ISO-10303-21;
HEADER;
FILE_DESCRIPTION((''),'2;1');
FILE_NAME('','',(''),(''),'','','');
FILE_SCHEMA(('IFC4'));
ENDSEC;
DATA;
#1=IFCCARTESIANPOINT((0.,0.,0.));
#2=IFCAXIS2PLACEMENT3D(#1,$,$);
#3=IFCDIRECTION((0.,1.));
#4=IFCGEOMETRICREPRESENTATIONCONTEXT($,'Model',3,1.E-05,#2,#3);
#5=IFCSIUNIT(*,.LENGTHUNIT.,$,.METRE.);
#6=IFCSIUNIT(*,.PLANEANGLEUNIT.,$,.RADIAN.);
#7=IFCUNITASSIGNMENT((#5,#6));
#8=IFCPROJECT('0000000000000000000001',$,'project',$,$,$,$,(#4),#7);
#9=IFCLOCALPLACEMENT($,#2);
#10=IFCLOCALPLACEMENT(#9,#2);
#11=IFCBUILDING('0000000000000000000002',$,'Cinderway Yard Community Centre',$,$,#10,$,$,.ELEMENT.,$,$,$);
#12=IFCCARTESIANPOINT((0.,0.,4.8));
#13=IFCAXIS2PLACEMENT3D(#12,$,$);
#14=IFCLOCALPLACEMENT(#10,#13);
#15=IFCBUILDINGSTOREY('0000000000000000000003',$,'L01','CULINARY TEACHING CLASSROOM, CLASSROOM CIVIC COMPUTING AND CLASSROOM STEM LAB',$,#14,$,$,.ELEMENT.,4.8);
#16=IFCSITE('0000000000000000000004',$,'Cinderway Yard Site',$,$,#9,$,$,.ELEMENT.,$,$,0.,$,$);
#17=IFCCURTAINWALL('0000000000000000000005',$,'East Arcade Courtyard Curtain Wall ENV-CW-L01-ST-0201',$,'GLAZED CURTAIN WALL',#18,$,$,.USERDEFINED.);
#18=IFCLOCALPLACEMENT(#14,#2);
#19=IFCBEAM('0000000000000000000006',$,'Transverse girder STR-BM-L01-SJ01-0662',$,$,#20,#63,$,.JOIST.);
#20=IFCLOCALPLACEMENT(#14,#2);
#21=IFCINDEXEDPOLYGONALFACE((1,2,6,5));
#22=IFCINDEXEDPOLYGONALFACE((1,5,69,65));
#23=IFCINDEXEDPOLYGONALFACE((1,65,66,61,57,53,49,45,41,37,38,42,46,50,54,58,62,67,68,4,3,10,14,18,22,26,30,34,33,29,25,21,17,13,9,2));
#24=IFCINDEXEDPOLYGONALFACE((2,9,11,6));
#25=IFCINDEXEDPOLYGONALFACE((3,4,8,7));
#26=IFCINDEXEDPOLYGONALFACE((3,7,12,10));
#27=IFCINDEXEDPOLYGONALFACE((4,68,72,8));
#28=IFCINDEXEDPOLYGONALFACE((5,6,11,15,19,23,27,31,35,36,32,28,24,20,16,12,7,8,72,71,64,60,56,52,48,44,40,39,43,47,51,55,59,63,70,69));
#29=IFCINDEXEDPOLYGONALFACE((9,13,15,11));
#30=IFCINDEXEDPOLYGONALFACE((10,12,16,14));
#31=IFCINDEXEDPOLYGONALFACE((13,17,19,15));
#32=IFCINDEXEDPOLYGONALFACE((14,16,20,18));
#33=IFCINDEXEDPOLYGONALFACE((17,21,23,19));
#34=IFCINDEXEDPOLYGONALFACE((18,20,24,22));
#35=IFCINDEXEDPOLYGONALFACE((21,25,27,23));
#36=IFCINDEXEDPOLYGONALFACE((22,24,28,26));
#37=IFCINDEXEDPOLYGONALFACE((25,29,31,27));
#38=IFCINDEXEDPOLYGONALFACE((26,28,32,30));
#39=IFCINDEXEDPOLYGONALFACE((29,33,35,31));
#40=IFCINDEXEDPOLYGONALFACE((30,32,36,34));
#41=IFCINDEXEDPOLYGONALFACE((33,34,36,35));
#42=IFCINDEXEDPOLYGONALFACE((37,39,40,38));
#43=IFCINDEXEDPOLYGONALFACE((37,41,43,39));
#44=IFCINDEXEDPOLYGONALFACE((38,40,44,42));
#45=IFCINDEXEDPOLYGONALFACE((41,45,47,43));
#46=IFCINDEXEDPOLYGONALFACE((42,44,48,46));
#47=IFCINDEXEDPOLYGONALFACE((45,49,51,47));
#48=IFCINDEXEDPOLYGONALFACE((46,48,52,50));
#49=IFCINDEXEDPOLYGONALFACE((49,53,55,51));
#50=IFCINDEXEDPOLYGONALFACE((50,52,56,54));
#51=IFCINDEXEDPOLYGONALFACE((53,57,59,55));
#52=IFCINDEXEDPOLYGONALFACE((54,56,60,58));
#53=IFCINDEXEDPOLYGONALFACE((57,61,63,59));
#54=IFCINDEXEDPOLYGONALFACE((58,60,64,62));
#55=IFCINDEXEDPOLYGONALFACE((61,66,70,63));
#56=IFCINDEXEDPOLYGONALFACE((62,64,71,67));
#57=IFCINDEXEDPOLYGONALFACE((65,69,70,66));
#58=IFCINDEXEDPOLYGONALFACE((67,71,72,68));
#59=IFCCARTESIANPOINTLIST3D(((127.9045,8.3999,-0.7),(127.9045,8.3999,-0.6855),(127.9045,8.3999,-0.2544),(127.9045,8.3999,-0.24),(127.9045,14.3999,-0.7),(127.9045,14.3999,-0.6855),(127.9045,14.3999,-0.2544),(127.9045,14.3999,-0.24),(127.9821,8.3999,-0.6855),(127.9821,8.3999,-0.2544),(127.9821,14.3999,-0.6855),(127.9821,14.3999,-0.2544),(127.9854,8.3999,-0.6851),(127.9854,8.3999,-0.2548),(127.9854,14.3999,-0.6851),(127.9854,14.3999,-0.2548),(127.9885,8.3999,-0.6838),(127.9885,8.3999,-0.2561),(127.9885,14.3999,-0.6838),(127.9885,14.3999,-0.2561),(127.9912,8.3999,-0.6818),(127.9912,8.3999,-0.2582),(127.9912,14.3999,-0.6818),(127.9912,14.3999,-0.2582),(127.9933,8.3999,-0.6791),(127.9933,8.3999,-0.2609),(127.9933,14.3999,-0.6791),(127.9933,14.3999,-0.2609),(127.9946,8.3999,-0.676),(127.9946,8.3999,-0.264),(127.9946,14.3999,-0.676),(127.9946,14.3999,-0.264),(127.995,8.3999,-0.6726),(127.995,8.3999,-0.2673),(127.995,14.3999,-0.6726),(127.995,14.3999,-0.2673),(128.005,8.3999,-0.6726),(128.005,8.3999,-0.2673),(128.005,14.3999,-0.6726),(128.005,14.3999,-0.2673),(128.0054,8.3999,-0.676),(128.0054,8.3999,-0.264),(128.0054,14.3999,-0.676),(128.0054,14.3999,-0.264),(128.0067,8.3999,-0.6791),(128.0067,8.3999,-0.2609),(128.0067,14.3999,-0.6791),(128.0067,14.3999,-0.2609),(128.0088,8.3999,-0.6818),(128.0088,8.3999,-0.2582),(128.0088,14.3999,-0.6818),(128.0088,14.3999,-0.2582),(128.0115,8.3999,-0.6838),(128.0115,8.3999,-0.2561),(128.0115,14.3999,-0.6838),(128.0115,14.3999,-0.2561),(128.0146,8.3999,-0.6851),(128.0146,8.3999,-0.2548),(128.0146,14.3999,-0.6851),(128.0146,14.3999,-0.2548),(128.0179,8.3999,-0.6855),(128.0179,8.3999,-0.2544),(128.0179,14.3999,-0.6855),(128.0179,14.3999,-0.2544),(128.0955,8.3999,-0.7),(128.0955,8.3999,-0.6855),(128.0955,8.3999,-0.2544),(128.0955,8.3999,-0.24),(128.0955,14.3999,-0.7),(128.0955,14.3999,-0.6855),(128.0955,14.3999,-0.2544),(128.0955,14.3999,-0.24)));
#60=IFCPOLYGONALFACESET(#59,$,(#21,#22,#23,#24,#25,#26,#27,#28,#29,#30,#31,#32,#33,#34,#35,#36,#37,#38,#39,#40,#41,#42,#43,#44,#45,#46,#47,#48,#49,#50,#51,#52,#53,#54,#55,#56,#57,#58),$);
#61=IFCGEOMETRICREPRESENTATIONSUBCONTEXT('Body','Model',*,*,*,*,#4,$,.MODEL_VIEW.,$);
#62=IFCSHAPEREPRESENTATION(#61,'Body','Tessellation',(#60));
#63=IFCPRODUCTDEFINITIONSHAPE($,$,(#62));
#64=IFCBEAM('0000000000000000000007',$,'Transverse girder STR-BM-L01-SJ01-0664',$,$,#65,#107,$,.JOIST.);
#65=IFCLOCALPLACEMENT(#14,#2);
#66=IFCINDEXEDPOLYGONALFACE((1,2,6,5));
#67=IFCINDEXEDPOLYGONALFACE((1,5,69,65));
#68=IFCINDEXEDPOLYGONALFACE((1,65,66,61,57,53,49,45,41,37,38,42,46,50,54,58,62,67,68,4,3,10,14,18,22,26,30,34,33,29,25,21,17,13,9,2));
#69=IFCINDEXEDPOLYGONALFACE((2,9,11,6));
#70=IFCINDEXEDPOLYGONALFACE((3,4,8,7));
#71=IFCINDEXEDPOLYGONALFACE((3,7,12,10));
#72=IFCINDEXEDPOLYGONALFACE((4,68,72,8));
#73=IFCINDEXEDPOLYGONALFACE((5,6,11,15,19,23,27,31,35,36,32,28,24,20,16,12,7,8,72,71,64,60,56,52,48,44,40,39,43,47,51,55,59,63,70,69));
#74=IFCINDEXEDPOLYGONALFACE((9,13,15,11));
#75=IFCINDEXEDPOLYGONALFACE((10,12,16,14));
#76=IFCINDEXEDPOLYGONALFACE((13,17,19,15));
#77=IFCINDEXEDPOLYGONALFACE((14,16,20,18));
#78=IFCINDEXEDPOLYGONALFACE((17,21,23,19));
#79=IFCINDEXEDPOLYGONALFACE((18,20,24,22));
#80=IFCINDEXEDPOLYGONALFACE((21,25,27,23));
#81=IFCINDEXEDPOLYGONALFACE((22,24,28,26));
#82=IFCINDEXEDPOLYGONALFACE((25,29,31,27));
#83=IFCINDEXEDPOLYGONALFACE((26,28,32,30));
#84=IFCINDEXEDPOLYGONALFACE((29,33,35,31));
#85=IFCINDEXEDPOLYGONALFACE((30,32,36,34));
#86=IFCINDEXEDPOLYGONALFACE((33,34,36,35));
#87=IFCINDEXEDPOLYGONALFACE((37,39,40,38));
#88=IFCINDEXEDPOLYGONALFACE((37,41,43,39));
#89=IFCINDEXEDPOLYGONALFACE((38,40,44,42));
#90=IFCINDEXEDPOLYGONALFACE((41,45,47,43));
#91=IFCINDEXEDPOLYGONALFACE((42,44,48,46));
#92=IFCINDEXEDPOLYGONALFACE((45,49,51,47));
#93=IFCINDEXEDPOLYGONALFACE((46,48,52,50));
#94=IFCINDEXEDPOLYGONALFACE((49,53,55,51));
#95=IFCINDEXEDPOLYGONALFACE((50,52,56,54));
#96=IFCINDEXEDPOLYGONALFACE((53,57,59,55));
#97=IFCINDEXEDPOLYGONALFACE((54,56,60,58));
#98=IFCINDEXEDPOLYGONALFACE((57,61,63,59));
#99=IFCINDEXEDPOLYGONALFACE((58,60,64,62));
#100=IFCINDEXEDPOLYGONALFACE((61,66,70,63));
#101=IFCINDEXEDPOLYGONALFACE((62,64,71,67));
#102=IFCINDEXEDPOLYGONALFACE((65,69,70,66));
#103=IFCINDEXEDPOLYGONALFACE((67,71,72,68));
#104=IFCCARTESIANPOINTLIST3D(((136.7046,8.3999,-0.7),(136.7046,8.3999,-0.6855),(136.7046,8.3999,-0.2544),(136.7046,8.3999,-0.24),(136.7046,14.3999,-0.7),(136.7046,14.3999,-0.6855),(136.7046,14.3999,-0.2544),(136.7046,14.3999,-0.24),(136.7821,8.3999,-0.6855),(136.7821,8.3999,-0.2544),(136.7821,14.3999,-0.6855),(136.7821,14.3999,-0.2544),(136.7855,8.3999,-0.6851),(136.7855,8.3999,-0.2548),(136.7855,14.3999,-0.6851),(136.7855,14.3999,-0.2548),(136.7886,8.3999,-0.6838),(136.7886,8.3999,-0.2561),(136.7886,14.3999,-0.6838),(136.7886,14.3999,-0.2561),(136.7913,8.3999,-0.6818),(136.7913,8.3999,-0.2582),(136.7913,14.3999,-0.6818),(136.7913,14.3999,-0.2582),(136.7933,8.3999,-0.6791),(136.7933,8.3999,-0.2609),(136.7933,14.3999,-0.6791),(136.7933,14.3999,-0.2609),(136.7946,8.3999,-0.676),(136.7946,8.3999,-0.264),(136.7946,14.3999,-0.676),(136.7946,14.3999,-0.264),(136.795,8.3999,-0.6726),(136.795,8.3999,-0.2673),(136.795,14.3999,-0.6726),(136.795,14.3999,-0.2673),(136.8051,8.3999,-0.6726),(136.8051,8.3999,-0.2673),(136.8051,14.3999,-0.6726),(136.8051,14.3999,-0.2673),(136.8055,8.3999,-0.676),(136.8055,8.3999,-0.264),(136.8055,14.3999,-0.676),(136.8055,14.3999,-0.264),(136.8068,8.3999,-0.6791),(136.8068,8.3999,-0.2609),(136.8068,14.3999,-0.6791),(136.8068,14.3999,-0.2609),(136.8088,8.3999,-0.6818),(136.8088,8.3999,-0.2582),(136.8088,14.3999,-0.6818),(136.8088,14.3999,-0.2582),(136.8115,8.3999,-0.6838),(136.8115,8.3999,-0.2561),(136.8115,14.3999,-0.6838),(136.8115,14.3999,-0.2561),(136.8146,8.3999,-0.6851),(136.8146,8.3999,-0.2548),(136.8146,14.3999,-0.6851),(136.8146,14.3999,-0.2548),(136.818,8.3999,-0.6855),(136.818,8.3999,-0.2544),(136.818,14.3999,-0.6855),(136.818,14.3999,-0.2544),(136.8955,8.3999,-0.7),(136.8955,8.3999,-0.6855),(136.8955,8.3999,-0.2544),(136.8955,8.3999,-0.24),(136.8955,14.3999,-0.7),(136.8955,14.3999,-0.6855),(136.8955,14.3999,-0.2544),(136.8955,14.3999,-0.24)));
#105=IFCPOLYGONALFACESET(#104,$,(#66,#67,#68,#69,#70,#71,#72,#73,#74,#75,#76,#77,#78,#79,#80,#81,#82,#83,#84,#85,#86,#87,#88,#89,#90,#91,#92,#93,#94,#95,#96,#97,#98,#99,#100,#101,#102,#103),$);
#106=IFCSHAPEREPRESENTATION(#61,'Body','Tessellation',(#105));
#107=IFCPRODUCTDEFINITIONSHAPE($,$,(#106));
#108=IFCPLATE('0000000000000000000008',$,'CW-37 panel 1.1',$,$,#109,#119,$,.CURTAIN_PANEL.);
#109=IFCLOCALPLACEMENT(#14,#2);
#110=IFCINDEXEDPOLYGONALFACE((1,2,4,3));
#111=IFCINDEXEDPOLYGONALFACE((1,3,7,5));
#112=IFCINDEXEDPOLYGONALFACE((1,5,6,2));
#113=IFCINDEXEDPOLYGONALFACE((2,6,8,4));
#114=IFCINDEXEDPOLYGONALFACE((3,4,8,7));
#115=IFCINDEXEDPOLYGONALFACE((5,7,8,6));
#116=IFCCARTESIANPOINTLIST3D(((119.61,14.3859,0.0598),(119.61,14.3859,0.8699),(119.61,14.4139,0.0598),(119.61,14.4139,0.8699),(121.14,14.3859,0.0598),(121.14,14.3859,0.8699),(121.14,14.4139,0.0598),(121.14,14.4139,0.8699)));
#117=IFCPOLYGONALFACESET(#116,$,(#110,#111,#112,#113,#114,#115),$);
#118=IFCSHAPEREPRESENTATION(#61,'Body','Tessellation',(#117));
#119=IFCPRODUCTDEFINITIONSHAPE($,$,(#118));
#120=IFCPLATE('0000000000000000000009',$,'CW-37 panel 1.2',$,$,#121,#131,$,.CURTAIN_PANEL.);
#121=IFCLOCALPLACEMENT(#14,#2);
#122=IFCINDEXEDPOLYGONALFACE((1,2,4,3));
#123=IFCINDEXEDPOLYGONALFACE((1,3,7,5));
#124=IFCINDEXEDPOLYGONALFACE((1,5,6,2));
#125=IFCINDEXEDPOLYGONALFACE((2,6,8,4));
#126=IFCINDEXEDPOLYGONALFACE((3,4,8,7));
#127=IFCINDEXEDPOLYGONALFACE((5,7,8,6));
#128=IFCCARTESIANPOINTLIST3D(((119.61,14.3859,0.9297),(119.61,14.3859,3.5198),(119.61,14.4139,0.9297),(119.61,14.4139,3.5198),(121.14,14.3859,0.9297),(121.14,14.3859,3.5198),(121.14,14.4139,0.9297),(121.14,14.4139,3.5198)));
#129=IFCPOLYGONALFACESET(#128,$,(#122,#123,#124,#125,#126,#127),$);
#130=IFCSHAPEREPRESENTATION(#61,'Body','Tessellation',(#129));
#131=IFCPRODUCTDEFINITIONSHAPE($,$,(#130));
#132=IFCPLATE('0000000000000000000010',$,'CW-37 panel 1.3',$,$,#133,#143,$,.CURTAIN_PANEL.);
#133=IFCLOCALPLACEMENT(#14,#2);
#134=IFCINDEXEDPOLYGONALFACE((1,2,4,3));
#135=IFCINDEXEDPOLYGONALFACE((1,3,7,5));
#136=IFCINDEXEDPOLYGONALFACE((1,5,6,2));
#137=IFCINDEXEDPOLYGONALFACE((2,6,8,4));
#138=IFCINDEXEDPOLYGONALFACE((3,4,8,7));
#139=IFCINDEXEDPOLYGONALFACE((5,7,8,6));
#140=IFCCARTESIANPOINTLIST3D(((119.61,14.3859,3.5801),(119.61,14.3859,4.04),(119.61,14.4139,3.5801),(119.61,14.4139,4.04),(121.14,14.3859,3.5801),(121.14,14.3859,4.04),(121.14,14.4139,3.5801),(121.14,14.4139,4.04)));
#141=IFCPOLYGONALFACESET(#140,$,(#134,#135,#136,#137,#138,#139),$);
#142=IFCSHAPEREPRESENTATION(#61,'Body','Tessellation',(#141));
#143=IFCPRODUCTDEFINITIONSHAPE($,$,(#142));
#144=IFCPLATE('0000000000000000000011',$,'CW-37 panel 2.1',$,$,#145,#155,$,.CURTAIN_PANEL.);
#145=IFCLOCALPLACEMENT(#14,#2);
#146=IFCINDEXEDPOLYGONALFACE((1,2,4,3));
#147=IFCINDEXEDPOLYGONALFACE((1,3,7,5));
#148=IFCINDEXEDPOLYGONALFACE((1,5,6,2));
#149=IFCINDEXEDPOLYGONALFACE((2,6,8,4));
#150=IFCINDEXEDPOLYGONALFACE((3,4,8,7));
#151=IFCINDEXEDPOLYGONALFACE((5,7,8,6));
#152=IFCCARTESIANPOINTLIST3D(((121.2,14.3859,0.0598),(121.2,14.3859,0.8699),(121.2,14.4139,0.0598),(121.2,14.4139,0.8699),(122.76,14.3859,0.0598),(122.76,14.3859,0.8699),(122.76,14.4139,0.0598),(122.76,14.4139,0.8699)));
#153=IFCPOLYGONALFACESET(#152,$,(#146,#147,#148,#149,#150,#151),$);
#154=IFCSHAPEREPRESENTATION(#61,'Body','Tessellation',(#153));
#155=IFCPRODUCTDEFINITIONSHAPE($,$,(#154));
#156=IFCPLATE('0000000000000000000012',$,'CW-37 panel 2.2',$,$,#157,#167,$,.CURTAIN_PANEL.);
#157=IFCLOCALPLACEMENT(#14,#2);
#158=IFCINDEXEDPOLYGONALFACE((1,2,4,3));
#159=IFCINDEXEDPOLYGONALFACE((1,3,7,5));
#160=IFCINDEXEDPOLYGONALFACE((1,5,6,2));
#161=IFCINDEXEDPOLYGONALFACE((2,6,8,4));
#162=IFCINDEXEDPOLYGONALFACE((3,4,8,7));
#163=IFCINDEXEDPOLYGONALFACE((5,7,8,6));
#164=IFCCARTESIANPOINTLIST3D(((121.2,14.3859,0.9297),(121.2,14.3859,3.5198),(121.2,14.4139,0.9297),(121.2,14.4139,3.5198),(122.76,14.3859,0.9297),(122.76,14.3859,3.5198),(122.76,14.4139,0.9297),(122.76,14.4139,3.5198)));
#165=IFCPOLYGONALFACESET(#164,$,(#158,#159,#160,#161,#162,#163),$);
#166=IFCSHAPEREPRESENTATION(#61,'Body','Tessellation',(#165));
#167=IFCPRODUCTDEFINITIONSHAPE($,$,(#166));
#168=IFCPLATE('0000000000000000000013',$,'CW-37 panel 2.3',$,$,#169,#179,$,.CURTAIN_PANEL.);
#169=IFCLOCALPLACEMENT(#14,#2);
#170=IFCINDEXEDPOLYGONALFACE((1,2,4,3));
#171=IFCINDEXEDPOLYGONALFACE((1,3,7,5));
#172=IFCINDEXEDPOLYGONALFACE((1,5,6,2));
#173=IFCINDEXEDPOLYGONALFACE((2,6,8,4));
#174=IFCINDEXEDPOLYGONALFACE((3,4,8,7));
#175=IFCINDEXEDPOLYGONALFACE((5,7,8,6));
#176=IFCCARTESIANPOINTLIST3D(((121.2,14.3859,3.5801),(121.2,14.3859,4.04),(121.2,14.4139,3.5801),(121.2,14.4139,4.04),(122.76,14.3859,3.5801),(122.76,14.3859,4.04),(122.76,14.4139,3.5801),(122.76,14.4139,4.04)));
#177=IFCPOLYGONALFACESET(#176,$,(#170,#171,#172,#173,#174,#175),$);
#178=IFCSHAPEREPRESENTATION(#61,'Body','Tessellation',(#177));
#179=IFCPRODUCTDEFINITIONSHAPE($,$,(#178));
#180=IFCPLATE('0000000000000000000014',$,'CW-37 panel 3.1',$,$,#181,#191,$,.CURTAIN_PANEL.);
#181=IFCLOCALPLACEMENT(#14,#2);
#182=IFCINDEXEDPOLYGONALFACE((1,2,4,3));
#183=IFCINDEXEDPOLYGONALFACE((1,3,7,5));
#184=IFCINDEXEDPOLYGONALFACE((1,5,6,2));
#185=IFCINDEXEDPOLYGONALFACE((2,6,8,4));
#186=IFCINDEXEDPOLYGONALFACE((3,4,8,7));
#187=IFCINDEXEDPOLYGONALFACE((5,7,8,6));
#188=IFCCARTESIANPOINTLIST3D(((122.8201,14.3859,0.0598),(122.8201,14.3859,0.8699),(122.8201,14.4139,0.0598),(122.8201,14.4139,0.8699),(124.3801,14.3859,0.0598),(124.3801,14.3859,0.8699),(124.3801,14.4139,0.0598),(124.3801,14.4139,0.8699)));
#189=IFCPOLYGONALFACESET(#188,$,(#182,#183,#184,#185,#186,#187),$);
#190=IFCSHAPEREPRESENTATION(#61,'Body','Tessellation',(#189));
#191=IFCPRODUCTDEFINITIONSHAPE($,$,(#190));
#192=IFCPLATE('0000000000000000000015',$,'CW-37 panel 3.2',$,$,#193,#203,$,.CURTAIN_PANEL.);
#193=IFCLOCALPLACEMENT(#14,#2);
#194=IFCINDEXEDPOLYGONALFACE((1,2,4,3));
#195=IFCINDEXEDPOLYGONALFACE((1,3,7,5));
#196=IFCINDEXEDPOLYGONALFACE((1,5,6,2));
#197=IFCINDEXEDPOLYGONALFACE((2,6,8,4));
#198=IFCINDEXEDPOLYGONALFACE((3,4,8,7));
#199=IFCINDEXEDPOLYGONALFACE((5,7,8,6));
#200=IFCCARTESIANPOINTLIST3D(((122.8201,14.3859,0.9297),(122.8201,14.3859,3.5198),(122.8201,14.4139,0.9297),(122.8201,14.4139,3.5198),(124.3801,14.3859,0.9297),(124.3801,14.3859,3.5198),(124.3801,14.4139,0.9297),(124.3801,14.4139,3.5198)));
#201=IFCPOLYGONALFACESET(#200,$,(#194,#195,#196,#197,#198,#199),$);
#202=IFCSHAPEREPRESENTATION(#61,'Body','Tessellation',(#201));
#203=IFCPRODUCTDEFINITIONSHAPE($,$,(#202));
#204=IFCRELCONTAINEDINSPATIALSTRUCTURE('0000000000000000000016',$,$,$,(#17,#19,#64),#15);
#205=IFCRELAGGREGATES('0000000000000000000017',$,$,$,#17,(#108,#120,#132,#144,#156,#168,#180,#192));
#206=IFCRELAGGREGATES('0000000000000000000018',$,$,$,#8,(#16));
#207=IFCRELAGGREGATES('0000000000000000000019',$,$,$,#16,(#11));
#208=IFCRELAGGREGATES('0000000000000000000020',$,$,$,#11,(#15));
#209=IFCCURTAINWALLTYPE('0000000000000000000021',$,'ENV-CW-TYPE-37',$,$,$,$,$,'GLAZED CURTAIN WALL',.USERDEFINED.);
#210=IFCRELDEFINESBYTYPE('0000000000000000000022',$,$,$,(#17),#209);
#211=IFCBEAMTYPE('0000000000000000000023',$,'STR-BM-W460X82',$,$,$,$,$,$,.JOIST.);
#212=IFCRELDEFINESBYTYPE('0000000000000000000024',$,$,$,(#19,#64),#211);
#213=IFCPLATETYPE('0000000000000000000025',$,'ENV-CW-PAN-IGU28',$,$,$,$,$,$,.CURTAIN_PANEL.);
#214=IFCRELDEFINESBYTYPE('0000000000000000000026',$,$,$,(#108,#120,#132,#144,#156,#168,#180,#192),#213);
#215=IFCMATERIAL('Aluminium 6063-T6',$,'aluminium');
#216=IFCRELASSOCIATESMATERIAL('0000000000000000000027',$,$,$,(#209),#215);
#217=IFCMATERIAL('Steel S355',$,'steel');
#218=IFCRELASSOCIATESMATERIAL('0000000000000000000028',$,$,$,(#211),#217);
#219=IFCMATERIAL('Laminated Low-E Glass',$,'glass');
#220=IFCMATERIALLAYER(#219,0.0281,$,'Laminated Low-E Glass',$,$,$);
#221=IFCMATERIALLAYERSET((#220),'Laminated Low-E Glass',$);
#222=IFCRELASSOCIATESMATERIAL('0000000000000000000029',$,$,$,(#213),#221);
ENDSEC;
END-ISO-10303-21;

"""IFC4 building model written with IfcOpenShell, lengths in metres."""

from ifc_helpers import new_model, si_unit, direction, frame, origin, origin_2d, place, context, subcontext, project, spatial, rectangle, i_section, extrude, material, layer, layer_set, material_profile, profile_set, type_object, element, aggregate, save


model = new_model("IFC4")

# Units and contexts
model_context = context("Model", 3, precision=1e-05, world=origin(), true_north=direction((0.0, 1.0)))
body_context = subcontext(model_context, "Body", "Model", "MODEL_VIEW")
ifc_project = project(units=[si_unit("LENGTHUNIT", "METRE"), si_unit("PLANEANGLEUNIT", "RADIAN")], contexts=[model_context])

# Site, building, storey
site_placement = place(None, origin())
site = spatial("IfcSite", under=ifc_project, at=site_placement, Name="Cinderway Yard Site", CompositionType="ELEMENT", RefElevation=0.0)
building_placement = place(site_placement, origin())
building = spatial("IfcBuilding", under=site, at=building_placement, Name="Cinderway Yard Community Centre", CompositionType="ELEMENT")
storey_placement = place(building_placement, frame((0.0, 0.0, 4.8)))
storey = spatial("IfcBuildingStorey", under=building, at=storey_placement, Name="L01", Description="CULINARY TEACHING CLASSROOM, CLASSROOM CIVIC COMPUTING AND CLASSROOM STEM LAB", CompositionType="ELEMENT", Elevation=4.8)

# Curtain wall
ifc_material_1 = material(Name="Aluminium 6063-T6", Category="aluminium")
curtain_wall_type = type_object("IfcCurtainWallType", Name="ENV-CW-TYPE-37", ElementType="GLAZED CURTAIN WALL", PredefinedType="USERDEFINED", material=ifc_material_1)
curtain_wall_placement = place(storey_placement, origin())
curtain_wall = element("IfcCurtainWall", 1, at=curtain_wall_placement, inside=storey, type_object=curtain_wall_type, Name="East Arcade Courtyard Curtain Wall ENV-CW-L01-ST-0201", ObjectType="GLAZED CURTAIN WALL", PredefinedType="USERDEFINED")

# Beams
ifc_material_2 = material(Name="Steel S355", Category="steel")
ifc_material_profile_1 = material_profile(ifc_material_2, i_section(OverallWidth=0.1909, OverallDepth=0.46, WebThickness=0.01, FlangeThickness=0.0144, FilletRadius=0.0129, at=origin_2d()), Name="Steel S355")
ifc_profile_set_1 = profile_set([ifc_material_profile_1], Name="Steel S355")
beam_type_1 = type_object("IfcBeamType", Name="STR-BM-W460X82", PredefinedType="JOIST", material=ifc_profile_set_1)
for number, where, z_axis, x_axis, name in (
    (2, (128.0, 8.3999, -0.47), (0.0, 1.0, 0.0), (-1.0, 0.0, 0.0), "Transverse girder STR-BM-L01-SJ01-0662"),
    (3, (136.8, 8.3999, -0.47), (0.0, 1.0, 0.0), (-1.0, 0.0, 0.0), "Transverse girder STR-BM-L01-SJ01-0664"),
):
    element("IfcBeam", number, at=place(storey_placement, frame(where, z_axis=z_axis, x_axis=x_axis)), inside=storey, type_object=beam_type_1, Name=name, PredefinedType="JOIST", context=body_context, shape_type="SweptSolid", body=[
        extrude(i_section(OverallWidth=0.1909, OverallDepth=0.46, WebThickness=0.01, FlangeThickness=0.0144, FilletRadius=0.0129, at=origin_2d()), origin(), (0.0, 0.0, 1.0), 6.0),
    ])

# Plates
ifc_material_3 = material(Name="Laminated Low-E Glass", Category="glass")
ifc_layer_1 = layer(ifc_material_3, 0.0281, Name="Laminated Low-E Glass")
ifc_layer_set_1 = layer_set([ifc_layer_1], Name="Laminated Low-E Glass")
plate_type = type_object("IfcPlateType", Name="ENV-CW-PAN-IGU28", PredefinedType="CURTAIN_PANEL", material=ifc_layer_set_1)
plate_1_placement = place(storey_placement, frame((120.375, 14.3999, 0.0598), z_axis=(0.0, 0.0, 1.0), x_axis=(1.0, 0.0, 0.0)))
plate_1 = element("IfcPlate", 4, at=plate_1_placement, type_object=plate_type, Name="CW-37 panel 1.1", PredefinedType="CURTAIN_PANEL", context=body_context, shape_type="SweptSolid", body=[
    extrude(rectangle(XDim=1.53, YDim=0.0281, at=origin_2d()), origin(), (0.0, 0.0, 1.0), 0.8101),
])
plate_2_placement = place(storey_placement, frame((120.375, 14.3999, 0.9297), z_axis=(0.0, 0.0, 1.0), x_axis=(1.0, 0.0, 0.0)))
plate_2 = element("IfcPlate", 5, at=plate_2_placement, type_object=plate_type, Name="CW-37 panel 1.2", PredefinedType="CURTAIN_PANEL", context=body_context, shape_type="SweptSolid", body=[
    extrude(rectangle(XDim=1.53, YDim=0.0281, at=origin_2d()), origin(), (0.0, 0.0, 1.0), 2.5901),
])
plate_3_placement = place(storey_placement, frame((120.375, 14.3999, 3.5801), z_axis=(0.0, 0.0, 1.0), x_axis=(1.0, 0.0, 0.0)))
plate_3 = element("IfcPlate", 6, at=plate_3_placement, type_object=plate_type, Name="CW-37 panel 1.3", PredefinedType="CURTAIN_PANEL", context=body_context, shape_type="SweptSolid", body=[
    extrude(rectangle(XDim=1.53, YDim=0.0281, at=origin_2d()), origin(), (0.0, 0.0, 1.0), 0.46),
])
plate_4_placement = place(storey_placement, frame((121.98, 14.3999, 0.0598), z_axis=(0.0, 0.0, 1.0), x_axis=(1.0, 0.0, 0.0)))
plate_4 = element("IfcPlate", 7, at=plate_4_placement, type_object=plate_type, Name="CW-37 panel 2.1", PredefinedType="CURTAIN_PANEL", context=body_context, shape_type="SweptSolid", body=[
    extrude(rectangle(XDim=1.5601, YDim=0.0281, at=origin_2d()), origin(), (0.0, 0.0, 1.0), 0.8101),
])
plate_5_placement = place(storey_placement, frame((121.98, 14.3999, 0.9297), z_axis=(0.0, 0.0, 1.0), x_axis=(1.0, 0.0, 0.0)))
plate_5 = element("IfcPlate", 8, at=plate_5_placement, type_object=plate_type, Name="CW-37 panel 2.2", PredefinedType="CURTAIN_PANEL", context=body_context, shape_type="SweptSolid", body=[
    extrude(rectangle(XDim=1.5601, YDim=0.0281, at=origin_2d()), origin(), (0.0, 0.0, 1.0), 2.5901),
])
plate_6_placement = place(storey_placement, frame((121.98, 14.3999, 3.5801), z_axis=(0.0, 0.0, 1.0), x_axis=(1.0, 0.0, 0.0)))
plate_6 = element("IfcPlate", 9, at=plate_6_placement, type_object=plate_type, Name="CW-37 panel 2.3", PredefinedType="CURTAIN_PANEL", context=body_context, shape_type="SweptSolid", body=[
    extrude(rectangle(XDim=1.5601, YDim=0.0281, at=origin_2d()), origin(), (0.0, 0.0, 1.0), 0.46),
])
plate_7_placement = place(storey_placement, frame((123.6001, 14.3999, 0.0598), z_axis=(0.0, 0.0, 1.0), x_axis=(1.0, 0.0, 0.0)))
plate_7 = element("IfcPlate", 10, at=plate_7_placement, type_object=plate_type, Name="CW-37 panel 3.1", PredefinedType="CURTAIN_PANEL", context=body_context, shape_type="SweptSolid", body=[
    extrude(rectangle(XDim=1.5601, YDim=0.0281, at=origin_2d()), origin(), (0.0, 0.0, 1.0), 0.8101),
])
plate_8_placement = place(storey_placement, frame((123.6001, 14.3999, 0.9297), z_axis=(0.0, 0.0, 1.0), x_axis=(1.0, 0.0, 0.0)))
plate_8 = element("IfcPlate", 11, at=plate_8_placement, type_object=plate_type, Name="CW-37 panel 3.2", PredefinedType="CURTAIN_PANEL", context=body_context, shape_type="SweptSolid", body=[
    extrude(rectangle(XDim=1.5601, YDim=0.0281, at=origin_2d()), origin(), (0.0, 0.0, 1.0), 2.5901),
])
aggregate(curtain_wall, [plate_1, plate_2, plate_3, plate_4, plate_5, plate_6, plate_7, plate_8])

save(model, "model.ifc")
